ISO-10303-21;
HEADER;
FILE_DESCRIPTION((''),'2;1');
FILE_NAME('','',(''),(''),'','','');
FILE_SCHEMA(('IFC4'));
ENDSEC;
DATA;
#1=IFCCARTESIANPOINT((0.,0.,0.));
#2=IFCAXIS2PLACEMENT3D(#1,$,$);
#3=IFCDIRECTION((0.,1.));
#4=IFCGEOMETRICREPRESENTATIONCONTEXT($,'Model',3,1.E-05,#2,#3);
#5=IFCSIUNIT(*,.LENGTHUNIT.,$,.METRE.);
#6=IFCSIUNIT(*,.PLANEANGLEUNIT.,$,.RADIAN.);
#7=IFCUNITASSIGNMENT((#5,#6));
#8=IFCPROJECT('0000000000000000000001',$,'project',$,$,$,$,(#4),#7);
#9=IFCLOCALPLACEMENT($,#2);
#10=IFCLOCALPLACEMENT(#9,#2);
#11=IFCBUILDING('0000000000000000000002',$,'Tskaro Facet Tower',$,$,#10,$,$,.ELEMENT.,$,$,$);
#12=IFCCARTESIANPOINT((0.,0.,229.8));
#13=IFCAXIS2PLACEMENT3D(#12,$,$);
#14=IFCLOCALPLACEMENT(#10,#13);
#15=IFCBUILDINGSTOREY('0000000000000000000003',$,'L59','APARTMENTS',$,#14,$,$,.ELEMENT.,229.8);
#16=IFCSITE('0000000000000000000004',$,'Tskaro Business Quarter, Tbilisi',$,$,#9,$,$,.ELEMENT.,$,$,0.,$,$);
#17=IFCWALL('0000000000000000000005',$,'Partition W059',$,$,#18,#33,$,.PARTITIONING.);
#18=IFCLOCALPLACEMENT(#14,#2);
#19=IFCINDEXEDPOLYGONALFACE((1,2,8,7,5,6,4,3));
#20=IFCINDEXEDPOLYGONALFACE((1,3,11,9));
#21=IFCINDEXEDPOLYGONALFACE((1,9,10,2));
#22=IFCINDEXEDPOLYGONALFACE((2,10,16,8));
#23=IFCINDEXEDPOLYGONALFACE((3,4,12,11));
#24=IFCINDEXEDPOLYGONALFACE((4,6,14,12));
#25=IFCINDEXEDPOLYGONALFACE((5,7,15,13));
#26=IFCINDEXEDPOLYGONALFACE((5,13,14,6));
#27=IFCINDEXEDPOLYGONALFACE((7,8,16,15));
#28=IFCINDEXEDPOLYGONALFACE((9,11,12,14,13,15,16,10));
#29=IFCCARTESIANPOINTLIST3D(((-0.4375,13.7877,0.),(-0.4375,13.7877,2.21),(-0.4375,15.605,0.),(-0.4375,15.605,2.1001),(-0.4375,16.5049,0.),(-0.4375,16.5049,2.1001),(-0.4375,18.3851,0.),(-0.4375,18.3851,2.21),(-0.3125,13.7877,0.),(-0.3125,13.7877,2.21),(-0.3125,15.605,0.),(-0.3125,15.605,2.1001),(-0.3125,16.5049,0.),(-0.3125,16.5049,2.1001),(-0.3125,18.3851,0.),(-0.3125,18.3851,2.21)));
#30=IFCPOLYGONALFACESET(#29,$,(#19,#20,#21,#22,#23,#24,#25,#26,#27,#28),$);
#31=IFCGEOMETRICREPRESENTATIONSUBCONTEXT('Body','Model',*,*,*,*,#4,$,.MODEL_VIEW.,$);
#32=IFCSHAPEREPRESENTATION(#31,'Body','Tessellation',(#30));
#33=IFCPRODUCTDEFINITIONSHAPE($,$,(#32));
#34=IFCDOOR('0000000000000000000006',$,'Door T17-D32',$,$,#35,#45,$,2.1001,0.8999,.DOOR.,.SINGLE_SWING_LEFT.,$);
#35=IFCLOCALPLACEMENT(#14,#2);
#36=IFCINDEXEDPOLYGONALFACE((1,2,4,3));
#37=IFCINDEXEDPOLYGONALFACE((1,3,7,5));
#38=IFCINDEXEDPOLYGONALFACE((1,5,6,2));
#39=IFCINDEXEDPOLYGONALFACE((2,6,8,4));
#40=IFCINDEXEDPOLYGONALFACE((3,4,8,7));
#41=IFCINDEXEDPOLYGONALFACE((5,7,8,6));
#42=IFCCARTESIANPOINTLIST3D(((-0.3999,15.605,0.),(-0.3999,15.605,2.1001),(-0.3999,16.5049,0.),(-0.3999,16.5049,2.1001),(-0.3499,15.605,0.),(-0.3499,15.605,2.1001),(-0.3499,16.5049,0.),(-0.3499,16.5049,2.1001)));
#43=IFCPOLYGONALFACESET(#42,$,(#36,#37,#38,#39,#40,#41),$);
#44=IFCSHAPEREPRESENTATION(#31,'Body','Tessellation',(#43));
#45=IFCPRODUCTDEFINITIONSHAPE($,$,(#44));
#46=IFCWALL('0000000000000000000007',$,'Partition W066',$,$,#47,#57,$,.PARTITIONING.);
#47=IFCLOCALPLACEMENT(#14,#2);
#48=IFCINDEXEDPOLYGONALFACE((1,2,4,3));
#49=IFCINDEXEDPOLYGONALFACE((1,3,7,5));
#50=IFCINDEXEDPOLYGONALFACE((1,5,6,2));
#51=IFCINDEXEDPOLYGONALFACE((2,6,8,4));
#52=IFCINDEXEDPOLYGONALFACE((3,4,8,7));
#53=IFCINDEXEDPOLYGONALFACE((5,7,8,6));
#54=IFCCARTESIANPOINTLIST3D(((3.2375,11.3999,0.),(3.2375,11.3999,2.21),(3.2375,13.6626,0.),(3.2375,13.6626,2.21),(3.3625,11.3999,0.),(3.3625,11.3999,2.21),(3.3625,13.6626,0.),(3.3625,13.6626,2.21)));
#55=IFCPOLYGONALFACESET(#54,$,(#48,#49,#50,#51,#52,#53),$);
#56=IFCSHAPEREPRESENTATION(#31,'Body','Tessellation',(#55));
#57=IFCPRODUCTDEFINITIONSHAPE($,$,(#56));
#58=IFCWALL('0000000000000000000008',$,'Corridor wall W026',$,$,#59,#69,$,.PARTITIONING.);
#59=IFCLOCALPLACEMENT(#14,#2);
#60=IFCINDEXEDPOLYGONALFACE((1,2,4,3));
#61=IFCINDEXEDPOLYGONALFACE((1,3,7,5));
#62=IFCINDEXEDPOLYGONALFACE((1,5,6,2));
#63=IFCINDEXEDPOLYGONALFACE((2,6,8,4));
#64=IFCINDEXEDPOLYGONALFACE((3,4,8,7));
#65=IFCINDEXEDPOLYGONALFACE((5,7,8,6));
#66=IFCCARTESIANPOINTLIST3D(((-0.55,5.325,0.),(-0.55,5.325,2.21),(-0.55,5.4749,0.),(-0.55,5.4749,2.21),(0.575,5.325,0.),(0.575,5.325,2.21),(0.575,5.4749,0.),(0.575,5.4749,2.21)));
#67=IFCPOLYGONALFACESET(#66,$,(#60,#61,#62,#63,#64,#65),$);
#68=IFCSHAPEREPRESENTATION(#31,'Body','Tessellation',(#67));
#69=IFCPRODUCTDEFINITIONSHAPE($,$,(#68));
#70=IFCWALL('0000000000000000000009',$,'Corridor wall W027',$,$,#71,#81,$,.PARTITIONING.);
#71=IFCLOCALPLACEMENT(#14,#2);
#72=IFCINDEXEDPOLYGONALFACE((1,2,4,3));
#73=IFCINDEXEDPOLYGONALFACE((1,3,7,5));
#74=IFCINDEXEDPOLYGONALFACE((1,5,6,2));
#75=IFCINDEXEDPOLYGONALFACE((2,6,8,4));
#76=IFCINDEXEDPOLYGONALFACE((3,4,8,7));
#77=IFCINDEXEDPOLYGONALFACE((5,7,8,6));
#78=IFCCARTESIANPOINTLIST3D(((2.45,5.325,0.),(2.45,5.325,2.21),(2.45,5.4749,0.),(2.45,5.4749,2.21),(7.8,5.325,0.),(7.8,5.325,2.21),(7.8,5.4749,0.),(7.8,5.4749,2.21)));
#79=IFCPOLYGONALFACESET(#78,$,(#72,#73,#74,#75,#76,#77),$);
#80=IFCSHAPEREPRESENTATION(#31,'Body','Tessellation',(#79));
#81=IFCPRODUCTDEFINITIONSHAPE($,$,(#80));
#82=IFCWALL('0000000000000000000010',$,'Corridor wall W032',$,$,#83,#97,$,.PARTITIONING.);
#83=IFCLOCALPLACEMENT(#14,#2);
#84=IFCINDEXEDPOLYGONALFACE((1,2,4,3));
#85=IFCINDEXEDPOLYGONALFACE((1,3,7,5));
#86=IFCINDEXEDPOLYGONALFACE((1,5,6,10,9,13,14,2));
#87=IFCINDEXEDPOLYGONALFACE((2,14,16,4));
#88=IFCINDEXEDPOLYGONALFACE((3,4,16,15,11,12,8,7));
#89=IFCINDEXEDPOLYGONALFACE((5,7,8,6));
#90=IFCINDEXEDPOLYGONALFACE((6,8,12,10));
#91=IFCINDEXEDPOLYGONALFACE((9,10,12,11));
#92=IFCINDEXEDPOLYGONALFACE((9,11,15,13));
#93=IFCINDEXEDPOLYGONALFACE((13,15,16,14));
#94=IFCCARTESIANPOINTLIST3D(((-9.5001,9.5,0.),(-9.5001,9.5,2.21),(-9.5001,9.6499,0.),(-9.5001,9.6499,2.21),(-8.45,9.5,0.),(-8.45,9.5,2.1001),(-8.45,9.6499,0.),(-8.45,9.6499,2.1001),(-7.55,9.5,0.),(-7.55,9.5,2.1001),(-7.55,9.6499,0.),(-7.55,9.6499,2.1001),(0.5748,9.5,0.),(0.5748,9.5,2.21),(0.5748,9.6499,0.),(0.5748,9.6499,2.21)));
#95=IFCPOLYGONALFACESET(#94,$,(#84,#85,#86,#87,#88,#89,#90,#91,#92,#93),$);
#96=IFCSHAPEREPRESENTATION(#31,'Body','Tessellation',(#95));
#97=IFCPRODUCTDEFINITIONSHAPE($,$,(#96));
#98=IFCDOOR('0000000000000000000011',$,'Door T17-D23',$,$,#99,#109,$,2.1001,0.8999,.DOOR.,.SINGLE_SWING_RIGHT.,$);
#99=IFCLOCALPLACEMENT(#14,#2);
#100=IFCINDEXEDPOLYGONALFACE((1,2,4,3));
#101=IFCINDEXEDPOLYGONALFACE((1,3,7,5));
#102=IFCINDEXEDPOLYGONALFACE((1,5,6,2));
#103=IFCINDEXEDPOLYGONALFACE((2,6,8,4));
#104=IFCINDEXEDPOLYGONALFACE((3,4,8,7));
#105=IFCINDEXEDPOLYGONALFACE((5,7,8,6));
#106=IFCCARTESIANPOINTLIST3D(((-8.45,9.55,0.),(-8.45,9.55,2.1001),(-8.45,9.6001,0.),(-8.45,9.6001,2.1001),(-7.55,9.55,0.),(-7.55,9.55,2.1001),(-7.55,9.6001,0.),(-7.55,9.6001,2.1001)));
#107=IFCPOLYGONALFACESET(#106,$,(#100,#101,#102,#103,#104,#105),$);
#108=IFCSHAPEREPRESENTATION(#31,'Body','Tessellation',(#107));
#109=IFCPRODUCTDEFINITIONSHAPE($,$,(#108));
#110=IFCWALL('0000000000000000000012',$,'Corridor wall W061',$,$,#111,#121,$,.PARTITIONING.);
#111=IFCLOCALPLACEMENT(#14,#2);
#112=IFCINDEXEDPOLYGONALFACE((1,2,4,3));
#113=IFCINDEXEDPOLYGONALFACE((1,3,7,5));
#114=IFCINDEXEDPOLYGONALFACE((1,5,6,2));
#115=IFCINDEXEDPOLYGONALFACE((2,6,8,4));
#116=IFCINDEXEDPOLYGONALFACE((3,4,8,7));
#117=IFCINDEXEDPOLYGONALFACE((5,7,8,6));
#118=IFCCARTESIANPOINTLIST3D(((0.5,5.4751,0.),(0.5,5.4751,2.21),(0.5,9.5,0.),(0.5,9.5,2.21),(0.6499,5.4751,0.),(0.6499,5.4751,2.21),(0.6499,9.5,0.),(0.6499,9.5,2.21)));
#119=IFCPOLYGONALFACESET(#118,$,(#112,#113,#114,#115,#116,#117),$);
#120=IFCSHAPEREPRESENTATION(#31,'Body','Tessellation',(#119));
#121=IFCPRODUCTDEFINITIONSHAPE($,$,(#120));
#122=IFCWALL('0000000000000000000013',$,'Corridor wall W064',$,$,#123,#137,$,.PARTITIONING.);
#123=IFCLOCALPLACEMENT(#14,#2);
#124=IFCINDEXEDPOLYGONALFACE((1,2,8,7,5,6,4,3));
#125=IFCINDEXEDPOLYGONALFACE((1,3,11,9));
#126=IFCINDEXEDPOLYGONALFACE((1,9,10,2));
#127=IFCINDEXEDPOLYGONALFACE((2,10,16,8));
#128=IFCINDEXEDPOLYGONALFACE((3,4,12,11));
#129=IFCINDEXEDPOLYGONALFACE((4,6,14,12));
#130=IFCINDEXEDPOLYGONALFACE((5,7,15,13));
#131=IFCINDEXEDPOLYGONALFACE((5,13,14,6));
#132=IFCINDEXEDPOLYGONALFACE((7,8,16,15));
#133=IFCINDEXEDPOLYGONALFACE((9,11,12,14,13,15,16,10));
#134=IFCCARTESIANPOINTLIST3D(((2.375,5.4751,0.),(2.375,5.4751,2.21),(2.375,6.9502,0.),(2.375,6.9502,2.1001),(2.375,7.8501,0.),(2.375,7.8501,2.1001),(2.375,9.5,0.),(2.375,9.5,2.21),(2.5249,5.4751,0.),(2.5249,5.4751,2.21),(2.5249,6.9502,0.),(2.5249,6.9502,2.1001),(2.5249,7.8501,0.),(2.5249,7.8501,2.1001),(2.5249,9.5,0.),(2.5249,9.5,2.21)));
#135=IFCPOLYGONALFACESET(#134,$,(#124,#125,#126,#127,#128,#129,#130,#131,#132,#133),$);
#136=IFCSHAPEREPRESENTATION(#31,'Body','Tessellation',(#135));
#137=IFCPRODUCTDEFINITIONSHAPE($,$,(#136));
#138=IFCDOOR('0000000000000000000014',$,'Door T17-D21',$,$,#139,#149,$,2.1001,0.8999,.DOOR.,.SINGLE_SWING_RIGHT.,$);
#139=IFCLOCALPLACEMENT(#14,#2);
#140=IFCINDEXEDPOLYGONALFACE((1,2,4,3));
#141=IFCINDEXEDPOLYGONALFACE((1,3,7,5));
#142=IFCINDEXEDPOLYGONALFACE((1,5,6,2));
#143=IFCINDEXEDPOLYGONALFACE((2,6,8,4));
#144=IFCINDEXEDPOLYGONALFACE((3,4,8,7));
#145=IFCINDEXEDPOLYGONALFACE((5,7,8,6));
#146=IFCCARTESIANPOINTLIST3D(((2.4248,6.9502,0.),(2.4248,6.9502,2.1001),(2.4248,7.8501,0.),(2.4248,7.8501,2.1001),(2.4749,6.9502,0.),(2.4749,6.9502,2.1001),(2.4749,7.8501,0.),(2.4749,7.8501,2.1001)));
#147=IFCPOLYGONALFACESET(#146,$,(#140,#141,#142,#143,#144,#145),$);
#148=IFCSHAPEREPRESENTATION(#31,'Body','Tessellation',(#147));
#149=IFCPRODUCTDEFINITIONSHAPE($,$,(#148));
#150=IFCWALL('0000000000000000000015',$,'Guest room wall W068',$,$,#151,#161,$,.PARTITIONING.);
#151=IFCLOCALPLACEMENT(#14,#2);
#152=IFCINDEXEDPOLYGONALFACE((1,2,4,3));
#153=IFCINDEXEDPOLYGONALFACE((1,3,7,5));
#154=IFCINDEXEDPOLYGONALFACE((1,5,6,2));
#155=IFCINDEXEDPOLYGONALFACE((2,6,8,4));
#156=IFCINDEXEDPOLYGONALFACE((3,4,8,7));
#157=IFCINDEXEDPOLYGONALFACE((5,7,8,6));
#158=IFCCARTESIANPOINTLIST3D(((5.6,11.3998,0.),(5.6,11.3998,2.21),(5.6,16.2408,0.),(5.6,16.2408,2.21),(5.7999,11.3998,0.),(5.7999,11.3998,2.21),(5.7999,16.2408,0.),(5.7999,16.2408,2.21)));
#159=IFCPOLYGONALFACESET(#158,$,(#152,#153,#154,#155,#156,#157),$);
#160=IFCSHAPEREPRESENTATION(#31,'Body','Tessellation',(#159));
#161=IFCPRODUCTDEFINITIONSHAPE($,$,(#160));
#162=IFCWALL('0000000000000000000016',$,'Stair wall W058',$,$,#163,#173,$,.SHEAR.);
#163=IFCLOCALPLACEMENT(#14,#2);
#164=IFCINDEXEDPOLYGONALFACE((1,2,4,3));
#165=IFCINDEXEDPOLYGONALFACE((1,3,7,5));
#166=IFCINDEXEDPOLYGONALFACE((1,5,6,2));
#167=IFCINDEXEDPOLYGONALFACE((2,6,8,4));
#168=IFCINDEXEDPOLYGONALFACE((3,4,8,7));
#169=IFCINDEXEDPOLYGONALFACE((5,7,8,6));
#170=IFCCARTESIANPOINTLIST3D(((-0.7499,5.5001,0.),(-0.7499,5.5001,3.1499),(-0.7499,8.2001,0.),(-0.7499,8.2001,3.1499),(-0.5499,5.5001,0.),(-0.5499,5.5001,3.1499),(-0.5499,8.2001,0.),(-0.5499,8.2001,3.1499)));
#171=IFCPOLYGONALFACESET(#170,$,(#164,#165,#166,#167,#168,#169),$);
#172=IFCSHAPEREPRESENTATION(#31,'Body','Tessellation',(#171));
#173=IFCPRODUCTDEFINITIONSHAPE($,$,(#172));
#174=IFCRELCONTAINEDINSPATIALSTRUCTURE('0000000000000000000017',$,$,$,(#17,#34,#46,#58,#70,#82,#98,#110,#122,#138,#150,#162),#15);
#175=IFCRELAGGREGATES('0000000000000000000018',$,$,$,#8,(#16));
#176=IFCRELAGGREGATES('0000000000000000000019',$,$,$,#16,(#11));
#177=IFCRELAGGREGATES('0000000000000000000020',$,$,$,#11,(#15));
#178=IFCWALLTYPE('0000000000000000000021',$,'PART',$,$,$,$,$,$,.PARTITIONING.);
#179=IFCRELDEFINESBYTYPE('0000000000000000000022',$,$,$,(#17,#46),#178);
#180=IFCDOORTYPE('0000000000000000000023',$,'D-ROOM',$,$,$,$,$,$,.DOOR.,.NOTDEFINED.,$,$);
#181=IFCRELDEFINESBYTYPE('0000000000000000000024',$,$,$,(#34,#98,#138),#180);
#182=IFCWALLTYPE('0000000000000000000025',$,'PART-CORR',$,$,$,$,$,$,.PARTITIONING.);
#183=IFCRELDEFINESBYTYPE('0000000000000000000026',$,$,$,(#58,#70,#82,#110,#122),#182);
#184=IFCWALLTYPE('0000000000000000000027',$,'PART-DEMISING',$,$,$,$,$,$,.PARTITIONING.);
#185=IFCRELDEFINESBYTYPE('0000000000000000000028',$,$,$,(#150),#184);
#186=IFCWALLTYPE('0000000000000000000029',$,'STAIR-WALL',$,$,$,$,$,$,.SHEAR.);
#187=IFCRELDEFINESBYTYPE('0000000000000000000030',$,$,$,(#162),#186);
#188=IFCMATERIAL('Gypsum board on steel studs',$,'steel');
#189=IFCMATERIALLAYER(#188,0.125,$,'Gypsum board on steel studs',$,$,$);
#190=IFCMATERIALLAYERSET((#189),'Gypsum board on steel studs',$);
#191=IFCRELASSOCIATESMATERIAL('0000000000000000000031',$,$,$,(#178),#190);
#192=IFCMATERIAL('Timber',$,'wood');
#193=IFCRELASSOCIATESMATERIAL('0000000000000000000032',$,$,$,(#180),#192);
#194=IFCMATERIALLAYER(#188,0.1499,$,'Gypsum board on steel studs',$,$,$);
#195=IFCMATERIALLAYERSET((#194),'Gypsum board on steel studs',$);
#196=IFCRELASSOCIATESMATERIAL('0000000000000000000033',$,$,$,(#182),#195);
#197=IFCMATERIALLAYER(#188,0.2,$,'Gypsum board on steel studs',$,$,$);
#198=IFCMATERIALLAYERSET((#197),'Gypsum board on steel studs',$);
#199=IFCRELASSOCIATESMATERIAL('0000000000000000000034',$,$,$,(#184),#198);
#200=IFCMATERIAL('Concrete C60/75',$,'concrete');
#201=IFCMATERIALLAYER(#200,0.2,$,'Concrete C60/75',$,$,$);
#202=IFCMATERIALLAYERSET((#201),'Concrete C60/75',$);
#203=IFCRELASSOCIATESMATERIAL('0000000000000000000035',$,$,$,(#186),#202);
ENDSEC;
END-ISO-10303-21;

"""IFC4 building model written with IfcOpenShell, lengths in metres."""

from ifc_helpers import new_model, si_unit, direction, frame, frame_2d, origin, place, context, subcontext, project, spatial, rectangle, extrude, material, layer, layer_set, type_object, element, fill, save


model = new_model("IFC4")

# Units and contexts
model_context = context("Model", 3, precision=1e-05, world=origin(), true_north=direction((0.0, 1.0)))
body_context = subcontext(model_context, "Body", "Model", "MODEL_VIEW")
ifc_project = project(units=[si_unit("LENGTHUNIT", "METRE"), si_unit("PLANEANGLEUNIT", "RADIAN")], contexts=[model_context])

# Site, building, storey
site_placement = place(None, origin())
site = spatial("IfcSite", under=ifc_project, at=site_placement, Name="Tskaro Business Quarter, Tbilisi", CompositionType="ELEMENT", RefElevation=0.0)
building_placement = place(site_placement, origin())
building = spatial("IfcBuilding", under=site, at=building_placement, Name="Tskaro Facet Tower", CompositionType="ELEMENT")
storey_placement = place(building_placement, frame((0.0, 0.0, 229.8)))
storey = spatial("IfcBuildingStorey", under=building, at=storey_placement, Name="L59", Description="APARTMENTS", CompositionType="ELEMENT", Elevation=229.8)

# Shared definitions
ifc_material_1 = material(Name="Concrete C60/75", Category="concrete")

# Shared definitions
ifc_material_2 = material(Name="Gypsum board on steel studs", Category="steel")
ifc_layer_1 = layer(ifc_material_2, 0.125, Name="Gypsum board on steel studs")
ifc_layer_set_1 = layer_set([ifc_layer_1], Name="Gypsum board on steel studs")
wall_type_1 = type_object("IfcWallType", Name="PART", PredefinedType="PARTITIONING", material=ifc_layer_set_1)

# Wall, opening, door
wall_1_placement = place(storey_placement, frame((-0.375, 13.7876, 0.0), z_axis=(0.0, 0.0, 1.0), x_axis=(0.0, 1.0, 0.0)))
wall_1 = element("IfcWall", 1, at=wall_1_placement, inside=storey, type_object=wall_type_1, Name="Partition W059", PredefinedType="PARTITIONING", context=body_context, shape_type="SweptSolid", body=[
    extrude(rectangle(XDim=4.5974, YDim=0.125, at=frame_2d((2.2988, 0.0))), origin(), (0.0, 0.0, 1.0), 2.21),
])
opening_1_placement = place(wall_1_placement, frame((1.8174, 0.0, 0.0)))
opening_1 = element("IfcOpeningElement", 2, at=opening_1_placement, cuts=wall_1, PredefinedType="OPENING", context=body_context, shape_type="SweptSolid", body=[
    extrude(rectangle(XDim=0.8999, YDim=2.1001, at=frame_2d((0.45, 1.05))), frame((0.0, 0.0725, 0.0), z_axis=(0.0, -1.0, 0.0), x_axis=(1.0, 0.0, 0.0)), (0.0, 0.0, 1.0), 0.145),
])
ifc_material_3 = material(Name="Timber", Category="wood")
door_type = type_object("IfcDoorType", Name="D-ROOM", OperationType="NOTDEFINED", PredefinedType="DOOR", material=ifc_material_3)
door_1_placement = place(opening_1_placement, origin())
door_1 = element("IfcDoor", 3, at=door_1_placement, inside=storey, type_object=door_type, Name="Door T17-D32", OperationType="SINGLE_SWING_LEFT", OverallHeight=2.1001, OverallWidth=0.8999, PredefinedType="DOOR", context=body_context, shape_type="SweptSolid", body=[
    extrude(rectangle(XDim=0.8999, YDim=2.1001, at=frame_2d((0.45, 1.05))), frame((0.0, 0.0249, 0.0), z_axis=(0.0, -1.0, 0.0), x_axis=(1.0, 0.0, 0.0)), (0.0, 0.0, 1.0), 0.05),
])
fill(opening_1, door_1)

# Walls
wall_2_placement = place(storey_placement, frame((3.3, 11.3999, 0.0), z_axis=(0.0, 0.0, 1.0), x_axis=(0.0, 1.0, 0.0)))
element("IfcWall", 4, at=wall_2_placement, inside=storey, type_object=wall_type_1, Name="Partition W066", PredefinedType="PARTITIONING", context=body_context, shape_type="SweptSolid", body=[
    extrude(rectangle(XDim=2.2627, YDim=0.125, at=frame_2d((1.1313, 0.0))), origin(), (0.0, 0.0, 1.0), 2.21),
])
ifc_layer_2 = layer(ifc_material_2, 0.1499, Name="Gypsum board on steel studs")
ifc_layer_set_2 = layer_set([ifc_layer_2], Name="Gypsum board on steel studs")
wall_type_2 = type_object("IfcWallType", Name="PART-CORR", PredefinedType="PARTITIONING", material=ifc_layer_set_2)
wall_3_placement = place(storey_placement, frame((-0.55, 5.3999, 0.0), z_axis=(0.0, 0.0, 1.0), x_axis=(1.0, 0.0, 0.0)))
element("IfcWall", 5, at=wall_3_placement, inside=storey, type_object=wall_type_2, Name="Corridor wall W026", PredefinedType="PARTITIONING", context=body_context, shape_type="SweptSolid", body=[
    extrude(rectangle(XDim=1.125, YDim=0.1499, at=frame_2d((0.5625, 0.0))), origin(), (0.0, 0.0, 1.0), 2.21),
])
wall_4_placement = place(storey_placement, frame((2.45, 5.3999, 0.0), z_axis=(0.0, 0.0, 1.0), x_axis=(1.0, 0.0, 0.0)))
element("IfcWall", 6, at=wall_4_placement, inside=storey, type_object=wall_type_2, Name="Corridor wall W027", PredefinedType="PARTITIONING", context=body_context, shape_type="SweptSolid", body=[
    extrude(rectangle(XDim=5.3501, YDim=0.1499, at=frame_2d((2.675, 0.0))), origin(), (0.0, 0.0, 1.0), 2.21),
])

# Wall, opening, door
wall_5_placement = place(storey_placement, frame((0.575, 9.575, 0.0), z_axis=(0.0, 0.0, 1.0), x_axis=(-1.0, 0.0, 0.0)))
wall_5 = element("IfcWall", 7, at=wall_5_placement, inside=storey, type_object=wall_type_2, Name="Corridor wall W032", PredefinedType="PARTITIONING", context=body_context, shape_type="SweptSolid", body=[
    extrude(rectangle(XDim=10.075, YDim=0.1499, at=frame_2d((5.0376, 0.0))), origin(), (0.0, 0.0, 1.0), 2.21),
])
opening_2_placement = place(wall_5_placement, frame((8.125, 0.0, 0.0)))
opening_2 = element("IfcOpeningElement", 8, at=opening_2_placement, cuts=wall_5, PredefinedType="OPENING", context=body_context, shape_type="SweptSolid", body=[
    extrude(rectangle(XDim=0.8999, YDim=2.1001, at=frame_2d((0.45, 1.05))), frame((0.0, 0.085, 0.0), z_axis=(0.0, -1.0, 0.0), x_axis=(1.0, 0.0, 0.0)), (0.0, 0.0, 1.0), 0.1699),
])
door_2_placement = place(opening_2_placement, origin())
door_2 = element("IfcDoor", 9, at=door_2_placement, inside=storey, type_object=door_type, Name="Door T17-D23", OperationType="SINGLE_SWING_RIGHT", OverallHeight=2.1001, OverallWidth=0.8999, PredefinedType="DOOR", context=body_context, shape_type="SweptSolid", body=[
    extrude(rectangle(XDim=0.8999, YDim=2.1001, at=frame_2d((0.45, 1.05))), frame((0.0, 0.0249, 0.0), z_axis=(0.0, -1.0, 0.0), x_axis=(1.0, 0.0, 0.0)), (0.0, 0.0, 1.0), 0.05),
])
fill(opening_2, door_2)

# Wall
wall_6_placement = place(storey_placement, frame((0.575, 5.4751, 0.0), z_axis=(0.0, 0.0, 1.0), x_axis=(0.0, 1.0, 0.0)))
element("IfcWall", 10, at=wall_6_placement, inside=storey, type_object=wall_type_2, Name="Corridor wall W061", PredefinedType="PARTITIONING", context=body_context, shape_type="SweptSolid", body=[
    extrude(rectangle(XDim=4.0249, YDim=0.1499, at=frame_2d((2.0125, 0.0))), origin(), (0.0, 0.0, 1.0), 2.21),
])

# Wall, opening, door
wall_7_placement = place(storey_placement, frame((2.45, 9.5, 0.0), z_axis=(0.0, 0.0, 1.0), x_axis=(0.0, -1.0, 0.0)))
wall_7 = element("IfcWall", 11, at=wall_7_placement, inside=storey, type_object=wall_type_2, Name="Corridor wall W064", PredefinedType="PARTITIONING", context=body_context, shape_type="SweptSolid", body=[
    extrude(rectangle(XDim=4.0249, YDim=0.1499, at=frame_2d((2.0125, 0.0))), origin(), (0.0, 0.0, 1.0), 2.21),
])
opening_3_placement = place(wall_7_placement, frame((1.6499, 0.0, 0.0)))
opening_3 = element("IfcOpeningElement", 12, at=opening_3_placement, cuts=wall_7, PredefinedType="OPENING", context=body_context, shape_type="SweptSolid", body=[
    extrude(rectangle(XDim=0.8999, YDim=2.1001, at=frame_2d((0.45, 1.05))), frame((0.0, 0.085, 0.0), z_axis=(0.0, -1.0, 0.0), x_axis=(1.0, 0.0, 0.0)), (0.0, 0.0, 1.0), 0.1699),
])
door_3_placement = place(opening_3_placement, origin())
door_3 = element("IfcDoor", 13, at=door_3_placement, inside=storey, type_object=door_type, Name="Door T17-D21", OperationType="SINGLE_SWING_RIGHT", OverallHeight=2.1001, OverallWidth=0.8999, PredefinedType="DOOR", context=body_context, shape_type="SweptSolid", body=[
    extrude(rectangle(XDim=0.8999, YDim=2.1001, at=frame_2d((0.45, 1.05))), frame((0.0, 0.0249, 0.0), z_axis=(0.0, -1.0, 0.0), x_axis=(1.0, 0.0, 0.0)), (0.0, 0.0, 1.0), 0.05),
])
fill(opening_3, door_3)

# Walls
ifc_layer_3 = layer(ifc_material_2, 0.2, Name="Gypsum board on steel studs")
ifc_layer_set_3 = layer_set([ifc_layer_3], Name="Gypsum board on steel studs")
wall_type_3 = type_object("IfcWallType", Name="PART-DEMISING", PredefinedType="PARTITIONING", material=ifc_layer_set_3)
wall_8_placement = place(storey_placement, frame((5.7, 11.3999, 0.0), z_axis=(0.0, 0.0, 1.0), x_axis=(0.0, 1.0, 0.0)))
element("IfcWall", 14, at=wall_8_placement, inside=storey, type_object=wall_type_3, Name="Guest room wall W068", PredefinedType="PARTITIONING", context=body_context, shape_type="SweptSolid", body=[
    extrude(rectangle(XDim=4.8411, YDim=0.2, at=frame_2d((2.4204, 0.0))), origin(), (0.0, 0.0, 1.0), 2.21),
])
ifc_layer_4 = layer(ifc_material_1, 0.2, Name="Concrete C60/75")
ifc_layer_set_4 = layer_set([ifc_layer_4], Name="Concrete C60/75")
wall_type_4 = type_object("IfcWallType", Name="STAIR-WALL", PredefinedType="SHEAR", material=ifc_layer_set_4)
wall_9_placement = place(storey_placement, frame((-0.6499, 5.5, 0.0), z_axis=(0.0, 0.0, 1.0), x_axis=(0.0, 1.0, 0.0)))
element("IfcWall", 15, at=wall_9_placement, inside=storey, type_object=wall_type_4, Name="Stair wall W058", PredefinedType="SHEAR", context=body_context, shape_type="SweptSolid", body=[
    extrude(rectangle(XDim=2.7, YDim=0.2, at=frame_2d((1.3501, 0.0))), origin(), (0.0, 0.0, 1.0), 3.1499),
])

save(model, "model.ifc")
